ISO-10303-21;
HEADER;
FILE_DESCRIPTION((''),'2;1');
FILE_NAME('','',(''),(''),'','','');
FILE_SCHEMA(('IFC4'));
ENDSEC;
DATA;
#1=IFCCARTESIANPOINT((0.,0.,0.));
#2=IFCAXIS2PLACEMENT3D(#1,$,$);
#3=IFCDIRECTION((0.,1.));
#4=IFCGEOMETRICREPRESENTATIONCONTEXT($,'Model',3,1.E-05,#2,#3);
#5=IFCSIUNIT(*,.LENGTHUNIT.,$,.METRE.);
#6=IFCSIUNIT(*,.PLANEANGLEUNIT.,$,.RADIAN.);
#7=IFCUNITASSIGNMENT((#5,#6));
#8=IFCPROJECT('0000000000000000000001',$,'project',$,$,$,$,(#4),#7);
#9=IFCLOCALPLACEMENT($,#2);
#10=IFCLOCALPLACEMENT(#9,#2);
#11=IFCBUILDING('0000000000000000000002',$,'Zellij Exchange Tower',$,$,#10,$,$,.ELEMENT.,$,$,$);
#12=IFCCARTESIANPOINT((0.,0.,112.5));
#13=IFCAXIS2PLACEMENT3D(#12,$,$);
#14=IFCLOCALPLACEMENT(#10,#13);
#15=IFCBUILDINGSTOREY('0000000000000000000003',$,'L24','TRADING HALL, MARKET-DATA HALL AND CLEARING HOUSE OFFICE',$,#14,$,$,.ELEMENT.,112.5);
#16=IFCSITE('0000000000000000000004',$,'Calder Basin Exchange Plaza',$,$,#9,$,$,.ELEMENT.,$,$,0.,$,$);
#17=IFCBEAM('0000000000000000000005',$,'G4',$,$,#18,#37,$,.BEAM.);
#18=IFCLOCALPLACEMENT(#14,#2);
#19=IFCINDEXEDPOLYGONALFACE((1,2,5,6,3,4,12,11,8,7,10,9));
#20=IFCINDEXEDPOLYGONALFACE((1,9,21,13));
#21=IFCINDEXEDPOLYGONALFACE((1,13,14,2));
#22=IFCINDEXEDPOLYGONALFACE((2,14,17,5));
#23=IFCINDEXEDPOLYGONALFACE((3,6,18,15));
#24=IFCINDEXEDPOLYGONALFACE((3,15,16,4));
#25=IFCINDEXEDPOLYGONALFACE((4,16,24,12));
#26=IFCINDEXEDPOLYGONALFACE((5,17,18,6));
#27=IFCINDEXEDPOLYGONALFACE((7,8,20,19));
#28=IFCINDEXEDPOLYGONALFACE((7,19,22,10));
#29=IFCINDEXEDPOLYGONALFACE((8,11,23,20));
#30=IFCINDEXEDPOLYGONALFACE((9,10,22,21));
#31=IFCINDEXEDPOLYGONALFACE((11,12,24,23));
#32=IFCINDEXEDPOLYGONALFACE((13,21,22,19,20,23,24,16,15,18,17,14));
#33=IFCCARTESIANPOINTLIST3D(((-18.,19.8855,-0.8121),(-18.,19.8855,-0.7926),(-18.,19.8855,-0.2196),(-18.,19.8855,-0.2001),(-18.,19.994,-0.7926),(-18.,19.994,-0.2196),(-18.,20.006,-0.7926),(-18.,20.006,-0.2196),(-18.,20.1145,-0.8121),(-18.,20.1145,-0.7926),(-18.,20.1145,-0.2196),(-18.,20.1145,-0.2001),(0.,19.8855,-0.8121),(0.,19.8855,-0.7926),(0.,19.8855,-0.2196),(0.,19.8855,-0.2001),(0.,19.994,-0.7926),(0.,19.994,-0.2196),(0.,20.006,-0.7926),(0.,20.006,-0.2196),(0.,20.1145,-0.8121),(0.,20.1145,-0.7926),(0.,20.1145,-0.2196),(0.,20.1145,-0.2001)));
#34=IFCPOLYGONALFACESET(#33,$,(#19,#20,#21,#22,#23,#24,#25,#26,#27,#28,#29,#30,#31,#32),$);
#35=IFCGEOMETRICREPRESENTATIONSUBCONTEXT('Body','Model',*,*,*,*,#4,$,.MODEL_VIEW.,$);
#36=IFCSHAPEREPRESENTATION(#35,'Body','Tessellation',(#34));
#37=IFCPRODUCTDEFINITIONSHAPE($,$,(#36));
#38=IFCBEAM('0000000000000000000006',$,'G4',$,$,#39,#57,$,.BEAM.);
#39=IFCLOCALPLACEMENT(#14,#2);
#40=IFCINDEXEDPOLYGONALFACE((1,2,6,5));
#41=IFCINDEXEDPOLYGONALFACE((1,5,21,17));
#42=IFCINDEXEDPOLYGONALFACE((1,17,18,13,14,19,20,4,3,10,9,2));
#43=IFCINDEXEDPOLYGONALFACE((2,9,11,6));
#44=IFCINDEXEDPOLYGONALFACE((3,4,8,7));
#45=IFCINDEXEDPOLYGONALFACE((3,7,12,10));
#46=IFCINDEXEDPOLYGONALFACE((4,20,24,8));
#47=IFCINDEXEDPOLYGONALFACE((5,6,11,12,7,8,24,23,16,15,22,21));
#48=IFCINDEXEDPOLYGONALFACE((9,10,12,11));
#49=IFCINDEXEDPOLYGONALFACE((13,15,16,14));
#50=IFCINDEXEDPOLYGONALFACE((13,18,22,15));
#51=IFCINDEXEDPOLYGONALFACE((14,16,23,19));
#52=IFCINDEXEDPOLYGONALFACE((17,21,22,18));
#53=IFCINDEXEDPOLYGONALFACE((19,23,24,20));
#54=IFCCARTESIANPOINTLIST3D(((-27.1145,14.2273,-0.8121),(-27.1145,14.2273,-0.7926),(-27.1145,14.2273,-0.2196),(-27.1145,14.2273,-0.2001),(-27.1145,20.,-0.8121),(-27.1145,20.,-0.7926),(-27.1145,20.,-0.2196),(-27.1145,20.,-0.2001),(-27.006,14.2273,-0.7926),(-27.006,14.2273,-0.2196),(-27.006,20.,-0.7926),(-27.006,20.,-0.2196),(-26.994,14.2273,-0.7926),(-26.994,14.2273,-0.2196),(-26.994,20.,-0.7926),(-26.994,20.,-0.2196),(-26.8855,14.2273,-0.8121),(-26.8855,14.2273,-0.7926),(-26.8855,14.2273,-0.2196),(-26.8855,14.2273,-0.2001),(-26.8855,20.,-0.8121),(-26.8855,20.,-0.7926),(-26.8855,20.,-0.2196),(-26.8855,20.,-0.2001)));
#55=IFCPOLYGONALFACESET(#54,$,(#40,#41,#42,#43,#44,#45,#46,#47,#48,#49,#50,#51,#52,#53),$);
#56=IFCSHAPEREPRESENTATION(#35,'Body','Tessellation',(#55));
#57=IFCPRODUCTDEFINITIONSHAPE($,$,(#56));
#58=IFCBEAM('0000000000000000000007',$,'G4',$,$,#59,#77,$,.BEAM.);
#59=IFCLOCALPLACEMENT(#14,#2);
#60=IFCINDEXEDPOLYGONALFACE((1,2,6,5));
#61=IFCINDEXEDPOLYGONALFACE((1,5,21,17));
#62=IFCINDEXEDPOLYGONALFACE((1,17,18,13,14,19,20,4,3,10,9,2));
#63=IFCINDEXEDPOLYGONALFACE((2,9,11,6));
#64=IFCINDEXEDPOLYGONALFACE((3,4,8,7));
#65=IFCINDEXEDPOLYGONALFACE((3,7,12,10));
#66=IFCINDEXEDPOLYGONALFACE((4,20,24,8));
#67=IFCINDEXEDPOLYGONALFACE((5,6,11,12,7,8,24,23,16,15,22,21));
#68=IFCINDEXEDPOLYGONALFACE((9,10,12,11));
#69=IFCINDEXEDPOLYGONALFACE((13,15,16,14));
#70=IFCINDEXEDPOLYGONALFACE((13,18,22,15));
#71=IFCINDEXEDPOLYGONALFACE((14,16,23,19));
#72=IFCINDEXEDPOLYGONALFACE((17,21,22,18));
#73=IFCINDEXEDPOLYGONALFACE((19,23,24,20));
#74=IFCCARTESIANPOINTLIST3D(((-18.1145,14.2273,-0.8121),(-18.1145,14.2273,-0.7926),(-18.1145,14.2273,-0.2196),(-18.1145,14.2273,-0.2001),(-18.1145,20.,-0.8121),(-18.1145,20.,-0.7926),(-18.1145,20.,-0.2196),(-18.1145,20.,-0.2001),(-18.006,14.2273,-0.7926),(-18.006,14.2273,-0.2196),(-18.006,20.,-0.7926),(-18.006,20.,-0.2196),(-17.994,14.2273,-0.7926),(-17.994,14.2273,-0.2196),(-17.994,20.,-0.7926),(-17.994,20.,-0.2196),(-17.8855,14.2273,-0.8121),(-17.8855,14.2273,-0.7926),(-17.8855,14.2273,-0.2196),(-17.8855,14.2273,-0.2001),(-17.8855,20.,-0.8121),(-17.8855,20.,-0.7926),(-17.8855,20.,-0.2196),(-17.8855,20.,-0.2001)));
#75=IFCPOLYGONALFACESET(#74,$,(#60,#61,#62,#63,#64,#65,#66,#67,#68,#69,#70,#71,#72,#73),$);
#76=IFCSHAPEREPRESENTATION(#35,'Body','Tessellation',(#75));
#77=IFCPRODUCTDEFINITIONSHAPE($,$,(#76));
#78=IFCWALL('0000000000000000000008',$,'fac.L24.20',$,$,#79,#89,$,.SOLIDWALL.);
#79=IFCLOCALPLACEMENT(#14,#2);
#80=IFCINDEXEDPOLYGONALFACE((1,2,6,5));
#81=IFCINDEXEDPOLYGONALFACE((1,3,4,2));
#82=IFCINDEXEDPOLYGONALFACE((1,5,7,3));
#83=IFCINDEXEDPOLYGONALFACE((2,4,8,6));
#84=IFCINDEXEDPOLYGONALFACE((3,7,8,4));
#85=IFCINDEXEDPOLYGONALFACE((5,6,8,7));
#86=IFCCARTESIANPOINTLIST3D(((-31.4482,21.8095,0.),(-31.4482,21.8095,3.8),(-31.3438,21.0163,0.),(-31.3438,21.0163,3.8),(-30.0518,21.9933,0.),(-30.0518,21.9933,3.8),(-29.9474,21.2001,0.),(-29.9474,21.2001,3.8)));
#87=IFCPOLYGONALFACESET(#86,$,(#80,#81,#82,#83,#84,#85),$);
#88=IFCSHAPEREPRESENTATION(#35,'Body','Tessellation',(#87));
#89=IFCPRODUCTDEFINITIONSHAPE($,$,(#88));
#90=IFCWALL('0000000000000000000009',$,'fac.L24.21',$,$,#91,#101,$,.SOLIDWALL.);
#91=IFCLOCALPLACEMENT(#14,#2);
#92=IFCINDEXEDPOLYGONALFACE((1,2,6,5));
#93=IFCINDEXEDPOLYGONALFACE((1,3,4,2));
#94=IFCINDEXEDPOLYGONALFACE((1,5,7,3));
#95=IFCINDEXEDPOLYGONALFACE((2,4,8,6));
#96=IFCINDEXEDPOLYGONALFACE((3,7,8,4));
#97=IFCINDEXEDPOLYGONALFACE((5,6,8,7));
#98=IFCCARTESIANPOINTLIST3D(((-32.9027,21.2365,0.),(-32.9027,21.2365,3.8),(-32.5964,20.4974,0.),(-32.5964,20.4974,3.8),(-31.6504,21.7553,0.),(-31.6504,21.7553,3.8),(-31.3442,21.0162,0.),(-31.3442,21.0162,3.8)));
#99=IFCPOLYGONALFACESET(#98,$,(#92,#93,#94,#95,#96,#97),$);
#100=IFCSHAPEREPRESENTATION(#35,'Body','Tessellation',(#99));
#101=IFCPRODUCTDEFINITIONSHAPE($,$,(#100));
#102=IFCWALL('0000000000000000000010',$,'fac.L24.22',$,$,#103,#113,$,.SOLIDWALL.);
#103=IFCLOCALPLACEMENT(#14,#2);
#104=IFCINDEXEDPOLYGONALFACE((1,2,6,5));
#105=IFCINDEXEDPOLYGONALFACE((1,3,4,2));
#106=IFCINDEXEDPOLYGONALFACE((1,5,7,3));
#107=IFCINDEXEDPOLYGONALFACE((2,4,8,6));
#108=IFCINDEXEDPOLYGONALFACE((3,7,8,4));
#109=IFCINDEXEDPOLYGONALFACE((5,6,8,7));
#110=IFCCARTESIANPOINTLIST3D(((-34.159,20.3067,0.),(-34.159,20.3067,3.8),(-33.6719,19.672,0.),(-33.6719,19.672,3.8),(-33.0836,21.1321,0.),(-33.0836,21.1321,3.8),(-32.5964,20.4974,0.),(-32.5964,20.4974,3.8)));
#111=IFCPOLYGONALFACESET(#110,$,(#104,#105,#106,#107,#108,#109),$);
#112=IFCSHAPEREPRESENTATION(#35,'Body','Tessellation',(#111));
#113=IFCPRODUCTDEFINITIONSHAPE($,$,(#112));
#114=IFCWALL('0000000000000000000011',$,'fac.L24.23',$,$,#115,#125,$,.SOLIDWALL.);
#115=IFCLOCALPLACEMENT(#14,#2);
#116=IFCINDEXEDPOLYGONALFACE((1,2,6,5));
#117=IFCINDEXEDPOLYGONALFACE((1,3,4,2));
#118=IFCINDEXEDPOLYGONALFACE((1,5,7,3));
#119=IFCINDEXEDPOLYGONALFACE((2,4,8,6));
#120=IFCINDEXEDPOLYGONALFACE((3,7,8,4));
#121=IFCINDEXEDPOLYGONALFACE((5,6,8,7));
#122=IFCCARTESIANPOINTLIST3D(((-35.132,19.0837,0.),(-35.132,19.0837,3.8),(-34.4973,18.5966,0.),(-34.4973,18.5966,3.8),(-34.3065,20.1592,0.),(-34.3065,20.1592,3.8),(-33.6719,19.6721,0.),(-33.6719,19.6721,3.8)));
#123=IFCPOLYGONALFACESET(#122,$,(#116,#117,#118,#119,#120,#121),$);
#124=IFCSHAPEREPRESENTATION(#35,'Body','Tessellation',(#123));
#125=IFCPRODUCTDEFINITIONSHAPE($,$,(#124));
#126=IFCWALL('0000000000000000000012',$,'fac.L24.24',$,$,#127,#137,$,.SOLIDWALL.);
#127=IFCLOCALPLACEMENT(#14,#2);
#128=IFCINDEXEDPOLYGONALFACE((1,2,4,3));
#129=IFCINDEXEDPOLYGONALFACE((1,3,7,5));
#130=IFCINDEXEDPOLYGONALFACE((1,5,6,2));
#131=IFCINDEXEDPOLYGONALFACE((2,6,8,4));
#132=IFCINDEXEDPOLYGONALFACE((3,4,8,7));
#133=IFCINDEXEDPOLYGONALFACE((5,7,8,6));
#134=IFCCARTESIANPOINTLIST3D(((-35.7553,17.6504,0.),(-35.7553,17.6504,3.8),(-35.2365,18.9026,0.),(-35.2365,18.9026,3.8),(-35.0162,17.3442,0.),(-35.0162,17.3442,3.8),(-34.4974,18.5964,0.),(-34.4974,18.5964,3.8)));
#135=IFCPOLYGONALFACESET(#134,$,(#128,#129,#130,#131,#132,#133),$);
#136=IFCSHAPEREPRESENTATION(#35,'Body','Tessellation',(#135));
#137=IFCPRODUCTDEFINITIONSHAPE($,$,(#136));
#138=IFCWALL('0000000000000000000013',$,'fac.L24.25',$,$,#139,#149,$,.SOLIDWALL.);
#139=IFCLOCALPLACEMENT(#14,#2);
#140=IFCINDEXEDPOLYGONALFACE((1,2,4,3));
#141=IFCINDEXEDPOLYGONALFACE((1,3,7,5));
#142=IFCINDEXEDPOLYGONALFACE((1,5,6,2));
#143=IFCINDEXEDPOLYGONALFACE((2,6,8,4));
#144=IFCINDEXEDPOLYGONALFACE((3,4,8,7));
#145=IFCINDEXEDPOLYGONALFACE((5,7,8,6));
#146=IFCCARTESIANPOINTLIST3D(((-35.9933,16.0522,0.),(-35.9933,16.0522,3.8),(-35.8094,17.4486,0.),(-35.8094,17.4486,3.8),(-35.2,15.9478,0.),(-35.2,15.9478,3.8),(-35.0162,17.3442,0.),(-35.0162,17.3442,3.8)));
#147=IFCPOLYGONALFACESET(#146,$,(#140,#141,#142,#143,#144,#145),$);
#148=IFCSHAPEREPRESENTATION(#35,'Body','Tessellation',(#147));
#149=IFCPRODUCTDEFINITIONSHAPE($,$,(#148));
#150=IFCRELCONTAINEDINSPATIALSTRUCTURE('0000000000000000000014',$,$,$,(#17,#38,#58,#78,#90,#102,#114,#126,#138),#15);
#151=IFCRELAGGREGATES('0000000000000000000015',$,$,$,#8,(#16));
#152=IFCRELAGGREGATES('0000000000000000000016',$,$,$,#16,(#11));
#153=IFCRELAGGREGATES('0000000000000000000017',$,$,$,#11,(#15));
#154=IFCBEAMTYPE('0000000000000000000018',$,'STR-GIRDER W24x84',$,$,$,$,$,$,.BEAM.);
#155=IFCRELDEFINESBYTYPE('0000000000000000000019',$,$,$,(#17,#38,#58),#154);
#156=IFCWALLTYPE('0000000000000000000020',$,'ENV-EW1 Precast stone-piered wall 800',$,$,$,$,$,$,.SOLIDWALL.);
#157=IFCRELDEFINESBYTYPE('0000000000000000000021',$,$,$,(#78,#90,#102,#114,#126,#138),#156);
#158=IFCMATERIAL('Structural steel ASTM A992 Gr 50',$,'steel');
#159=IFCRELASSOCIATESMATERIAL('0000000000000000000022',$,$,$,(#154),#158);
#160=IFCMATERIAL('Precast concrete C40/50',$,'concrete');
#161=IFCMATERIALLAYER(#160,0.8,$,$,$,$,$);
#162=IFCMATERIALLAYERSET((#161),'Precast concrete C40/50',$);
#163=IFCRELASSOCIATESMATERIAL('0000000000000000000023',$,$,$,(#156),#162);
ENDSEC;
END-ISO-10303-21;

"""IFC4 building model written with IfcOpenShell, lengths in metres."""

from ifc_helpers import new_model, si_unit, direction, frame, frame_2d, origin, origin_2d, place, context, subcontext, project, spatial, rectangle, i_section, extrude, material, layer, layer_set, material_profile, profile_set, type_object, element, save


model = new_model("IFC4")

# Units and contexts
model_context = context("Model", 3, precision=1e-05, world=origin(), true_north=direction((0.0, 1.0)))
body_context = subcontext(model_context, "Body", "Model", "MODEL_VIEW")
ifc_project = project(units=[si_unit("LENGTHUNIT", "METRE"), si_unit("PLANEANGLEUNIT", "RADIAN")], contexts=[model_context])

# Site, building, storey
site_placement = place(None, origin())
site = spatial("IfcSite", under=ifc_project, at=site_placement, Name="Calder Basin Exchange Plaza", CompositionType="ELEMENT", RefElevation=0.0)
building_placement = place(site_placement, origin())
building = spatial("IfcBuilding", under=site, at=building_placement, Name="Zellij Exchange Tower", CompositionType="ELEMENT")
storey_placement = place(building_placement, frame((0.0, 0.0, 112.5)))
storey = spatial("IfcBuildingStorey", under=building, at=storey_placement, Name="L24", Description="TRADING HALL, MARKET-DATA HALL AND CLEARING HOUSE OFFICE", CompositionType="ELEMENT", Elevation=112.5)

# Beams
ifc_material_1 = material(Name="Structural steel ASTM A992 Gr 50", Category="steel")
ifc_material_profile_1 = material_profile(ifc_material_1, i_section(OverallWidth=0.229, OverallDepth=0.6121, WebThickness=0.012, FlangeThickness=0.0195, at=origin_2d()), Name="W24x84")
ifc_profile_set_1 = profile_set([ifc_material_profile_1], Name="Structural steel ASTM A992 Gr 50")
beam_type = type_object("IfcBeamType", Name="STR-GIRDER W24x84", PredefinedType="BEAM", material=ifc_profile_set_1)
beam_1_placement = place(storey_placement, frame((-18.0, 20.0, -0.5061), z_axis=(1.0, 0.0, 0.0), x_axis=(0.0, 1.0, 0.0)))
element("IfcBeam", 1, at=beam_1_placement, inside=storey, type_object=beam_type, Name="G4", PredefinedType="BEAM", context=body_context, shape_type="SweptSolid", body=[
    extrude(i_section(OverallWidth=0.229, OverallDepth=0.6121, WebThickness=0.012, FlangeThickness=0.0195, at=origin_2d()), origin(), (0.0, 0.0, 1.0), 18.0),
])
for number, where, z_axis, x_axis, name in (
    (2, (-27.0, 14.2273, -0.5061), (0.0, 1.0, 0.0), (-1.0, 0.0, 0.0), "G4"),
    (3, (-18.0, 14.2273, -0.5061), (0.0, 1.0, 0.0), (-1.0, 0.0, 0.0), "G4"),
):
    element("IfcBeam", number, at=place(storey_placement, frame(where, z_axis=z_axis, x_axis=x_axis)), inside=storey, type_object=beam_type, Name=name, PredefinedType="BEAM", context=body_context, shape_type="SweptSolid", body=[
        extrude(i_section(OverallWidth=0.229, OverallDepth=0.6121, WebThickness=0.012, FlangeThickness=0.0195, at=origin_2d()), origin(), (0.0, 0.0, 1.0), 5.7727),
    ])

# Walls
ifc_material_2 = material(Name="Precast concrete C40/50", Category="concrete")
ifc_layer_1 = layer(ifc_material_2, 0.8)
ifc_layer_set_1 = layer_set([ifc_layer_1], Name="Precast concrete C40/50")
wall_type_1 = type_object("IfcWallType", Name="ENV-EW1 Precast stone-piered wall 800", PredefinedType="SOLIDWALL", material=ifc_layer_set_1)
wall_1_placement = place(storey_placement, frame((-29.9998, 21.5967, 0.0), z_axis=(0.0, 0.0, 1.0), x_axis=(-0.991446, -0.130517, 0.0)))
element("IfcWall", 4, at=wall_1_placement, inside=storey, type_object=wall_type_1, Name="fac.L24.20", PredefinedType="SOLIDWALL", context=body_context, shape_type="SweptSolid", body=[
    extrude(rectangle(XDim=1.4084, YDim=0.8, at=frame_2d((0.7041, 0.0))), origin(), (0.0, 0.0, 1.0), 3.8),
])
wall_2_placement = place(storey_placement, frame((-31.4973, 21.3857, 0.0), z_axis=(0.0, 0.0, 1.0), x_axis=(-0.923848, -0.38276, 0.0)))
element("IfcWall", 5, at=wall_2_placement, inside=storey, type_object=wall_type_1, Name="fac.L24.21", PredefinedType="SOLIDWALL", context=body_context, shape_type="SweptSolid", body=[
    extrude(rectangle(XDim=1.3555, YDim=0.8, at=frame_2d((0.6777, 0.0))), origin(), (0.0, 0.0, 1.0), 3.8),
])
for number, where, z_axis, x_axis, name in (
    (6, (-32.8401, 20.8147, 0.0), (0.0, 0.0, 1.0), (-0.793273, -0.608866, 0.0), "fac.L24.22"),
    (7, (-33.9893, 19.9155, 0.0), (0.0, 0.0, 1.0), (-0.608866, -0.793273, 0.0), "fac.L24.23"),
):
    element("IfcWall", number, at=place(storey_placement, frame(where, z_axis=z_axis, x_axis=x_axis)), inside=storey, type_object=wall_type_1, Name=name, PredefinedType="SOLIDWALL", context=body_context, shape_type="SweptSolid", body=[
        extrude(rectangle(XDim=1.3557, YDim=0.8, at=frame_2d((0.6777, 0.0))), origin(), (0.0, 0.0, 1.0), 3.8),
    ])
wall_3_placement = place(storey_placement, frame((-34.8669, 18.7495, 0.0), z_axis=(0.0, 0.0, 1.0), x_axis=(-0.38276, -0.923848, 0.0)))
element("IfcWall", 8, at=wall_3_placement, inside=storey, type_object=wall_type_1, Name="fac.L24.24", PredefinedType="SOLIDWALL", context=body_context, shape_type="SweptSolid", body=[
    extrude(rectangle(XDim=1.3555, YDim=0.8, at=frame_2d((0.6777, 0.0))), origin(), (0.0, 0.0, 1.0), 3.8),
])
wall_4_placement = place(storey_placement, frame((-35.4128, 17.3962, 0.0), z_axis=(0.0, 0.0, 1.0), x_axis=(-0.130517, -0.991446, 0.0)))
element("IfcWall", 9, at=wall_4_placement, inside=storey, type_object=wall_type_1, Name="fac.L24.25", PredefinedType="SOLIDWALL", context=body_context, shape_type="SweptSolid", body=[
    extrude(rectangle(XDim=1.4084, YDim=0.8, at=frame_2d((0.7041, 0.0))), origin(), (0.0, 0.0, 1.0), 3.8),
])

save(model, "model.ifc")
